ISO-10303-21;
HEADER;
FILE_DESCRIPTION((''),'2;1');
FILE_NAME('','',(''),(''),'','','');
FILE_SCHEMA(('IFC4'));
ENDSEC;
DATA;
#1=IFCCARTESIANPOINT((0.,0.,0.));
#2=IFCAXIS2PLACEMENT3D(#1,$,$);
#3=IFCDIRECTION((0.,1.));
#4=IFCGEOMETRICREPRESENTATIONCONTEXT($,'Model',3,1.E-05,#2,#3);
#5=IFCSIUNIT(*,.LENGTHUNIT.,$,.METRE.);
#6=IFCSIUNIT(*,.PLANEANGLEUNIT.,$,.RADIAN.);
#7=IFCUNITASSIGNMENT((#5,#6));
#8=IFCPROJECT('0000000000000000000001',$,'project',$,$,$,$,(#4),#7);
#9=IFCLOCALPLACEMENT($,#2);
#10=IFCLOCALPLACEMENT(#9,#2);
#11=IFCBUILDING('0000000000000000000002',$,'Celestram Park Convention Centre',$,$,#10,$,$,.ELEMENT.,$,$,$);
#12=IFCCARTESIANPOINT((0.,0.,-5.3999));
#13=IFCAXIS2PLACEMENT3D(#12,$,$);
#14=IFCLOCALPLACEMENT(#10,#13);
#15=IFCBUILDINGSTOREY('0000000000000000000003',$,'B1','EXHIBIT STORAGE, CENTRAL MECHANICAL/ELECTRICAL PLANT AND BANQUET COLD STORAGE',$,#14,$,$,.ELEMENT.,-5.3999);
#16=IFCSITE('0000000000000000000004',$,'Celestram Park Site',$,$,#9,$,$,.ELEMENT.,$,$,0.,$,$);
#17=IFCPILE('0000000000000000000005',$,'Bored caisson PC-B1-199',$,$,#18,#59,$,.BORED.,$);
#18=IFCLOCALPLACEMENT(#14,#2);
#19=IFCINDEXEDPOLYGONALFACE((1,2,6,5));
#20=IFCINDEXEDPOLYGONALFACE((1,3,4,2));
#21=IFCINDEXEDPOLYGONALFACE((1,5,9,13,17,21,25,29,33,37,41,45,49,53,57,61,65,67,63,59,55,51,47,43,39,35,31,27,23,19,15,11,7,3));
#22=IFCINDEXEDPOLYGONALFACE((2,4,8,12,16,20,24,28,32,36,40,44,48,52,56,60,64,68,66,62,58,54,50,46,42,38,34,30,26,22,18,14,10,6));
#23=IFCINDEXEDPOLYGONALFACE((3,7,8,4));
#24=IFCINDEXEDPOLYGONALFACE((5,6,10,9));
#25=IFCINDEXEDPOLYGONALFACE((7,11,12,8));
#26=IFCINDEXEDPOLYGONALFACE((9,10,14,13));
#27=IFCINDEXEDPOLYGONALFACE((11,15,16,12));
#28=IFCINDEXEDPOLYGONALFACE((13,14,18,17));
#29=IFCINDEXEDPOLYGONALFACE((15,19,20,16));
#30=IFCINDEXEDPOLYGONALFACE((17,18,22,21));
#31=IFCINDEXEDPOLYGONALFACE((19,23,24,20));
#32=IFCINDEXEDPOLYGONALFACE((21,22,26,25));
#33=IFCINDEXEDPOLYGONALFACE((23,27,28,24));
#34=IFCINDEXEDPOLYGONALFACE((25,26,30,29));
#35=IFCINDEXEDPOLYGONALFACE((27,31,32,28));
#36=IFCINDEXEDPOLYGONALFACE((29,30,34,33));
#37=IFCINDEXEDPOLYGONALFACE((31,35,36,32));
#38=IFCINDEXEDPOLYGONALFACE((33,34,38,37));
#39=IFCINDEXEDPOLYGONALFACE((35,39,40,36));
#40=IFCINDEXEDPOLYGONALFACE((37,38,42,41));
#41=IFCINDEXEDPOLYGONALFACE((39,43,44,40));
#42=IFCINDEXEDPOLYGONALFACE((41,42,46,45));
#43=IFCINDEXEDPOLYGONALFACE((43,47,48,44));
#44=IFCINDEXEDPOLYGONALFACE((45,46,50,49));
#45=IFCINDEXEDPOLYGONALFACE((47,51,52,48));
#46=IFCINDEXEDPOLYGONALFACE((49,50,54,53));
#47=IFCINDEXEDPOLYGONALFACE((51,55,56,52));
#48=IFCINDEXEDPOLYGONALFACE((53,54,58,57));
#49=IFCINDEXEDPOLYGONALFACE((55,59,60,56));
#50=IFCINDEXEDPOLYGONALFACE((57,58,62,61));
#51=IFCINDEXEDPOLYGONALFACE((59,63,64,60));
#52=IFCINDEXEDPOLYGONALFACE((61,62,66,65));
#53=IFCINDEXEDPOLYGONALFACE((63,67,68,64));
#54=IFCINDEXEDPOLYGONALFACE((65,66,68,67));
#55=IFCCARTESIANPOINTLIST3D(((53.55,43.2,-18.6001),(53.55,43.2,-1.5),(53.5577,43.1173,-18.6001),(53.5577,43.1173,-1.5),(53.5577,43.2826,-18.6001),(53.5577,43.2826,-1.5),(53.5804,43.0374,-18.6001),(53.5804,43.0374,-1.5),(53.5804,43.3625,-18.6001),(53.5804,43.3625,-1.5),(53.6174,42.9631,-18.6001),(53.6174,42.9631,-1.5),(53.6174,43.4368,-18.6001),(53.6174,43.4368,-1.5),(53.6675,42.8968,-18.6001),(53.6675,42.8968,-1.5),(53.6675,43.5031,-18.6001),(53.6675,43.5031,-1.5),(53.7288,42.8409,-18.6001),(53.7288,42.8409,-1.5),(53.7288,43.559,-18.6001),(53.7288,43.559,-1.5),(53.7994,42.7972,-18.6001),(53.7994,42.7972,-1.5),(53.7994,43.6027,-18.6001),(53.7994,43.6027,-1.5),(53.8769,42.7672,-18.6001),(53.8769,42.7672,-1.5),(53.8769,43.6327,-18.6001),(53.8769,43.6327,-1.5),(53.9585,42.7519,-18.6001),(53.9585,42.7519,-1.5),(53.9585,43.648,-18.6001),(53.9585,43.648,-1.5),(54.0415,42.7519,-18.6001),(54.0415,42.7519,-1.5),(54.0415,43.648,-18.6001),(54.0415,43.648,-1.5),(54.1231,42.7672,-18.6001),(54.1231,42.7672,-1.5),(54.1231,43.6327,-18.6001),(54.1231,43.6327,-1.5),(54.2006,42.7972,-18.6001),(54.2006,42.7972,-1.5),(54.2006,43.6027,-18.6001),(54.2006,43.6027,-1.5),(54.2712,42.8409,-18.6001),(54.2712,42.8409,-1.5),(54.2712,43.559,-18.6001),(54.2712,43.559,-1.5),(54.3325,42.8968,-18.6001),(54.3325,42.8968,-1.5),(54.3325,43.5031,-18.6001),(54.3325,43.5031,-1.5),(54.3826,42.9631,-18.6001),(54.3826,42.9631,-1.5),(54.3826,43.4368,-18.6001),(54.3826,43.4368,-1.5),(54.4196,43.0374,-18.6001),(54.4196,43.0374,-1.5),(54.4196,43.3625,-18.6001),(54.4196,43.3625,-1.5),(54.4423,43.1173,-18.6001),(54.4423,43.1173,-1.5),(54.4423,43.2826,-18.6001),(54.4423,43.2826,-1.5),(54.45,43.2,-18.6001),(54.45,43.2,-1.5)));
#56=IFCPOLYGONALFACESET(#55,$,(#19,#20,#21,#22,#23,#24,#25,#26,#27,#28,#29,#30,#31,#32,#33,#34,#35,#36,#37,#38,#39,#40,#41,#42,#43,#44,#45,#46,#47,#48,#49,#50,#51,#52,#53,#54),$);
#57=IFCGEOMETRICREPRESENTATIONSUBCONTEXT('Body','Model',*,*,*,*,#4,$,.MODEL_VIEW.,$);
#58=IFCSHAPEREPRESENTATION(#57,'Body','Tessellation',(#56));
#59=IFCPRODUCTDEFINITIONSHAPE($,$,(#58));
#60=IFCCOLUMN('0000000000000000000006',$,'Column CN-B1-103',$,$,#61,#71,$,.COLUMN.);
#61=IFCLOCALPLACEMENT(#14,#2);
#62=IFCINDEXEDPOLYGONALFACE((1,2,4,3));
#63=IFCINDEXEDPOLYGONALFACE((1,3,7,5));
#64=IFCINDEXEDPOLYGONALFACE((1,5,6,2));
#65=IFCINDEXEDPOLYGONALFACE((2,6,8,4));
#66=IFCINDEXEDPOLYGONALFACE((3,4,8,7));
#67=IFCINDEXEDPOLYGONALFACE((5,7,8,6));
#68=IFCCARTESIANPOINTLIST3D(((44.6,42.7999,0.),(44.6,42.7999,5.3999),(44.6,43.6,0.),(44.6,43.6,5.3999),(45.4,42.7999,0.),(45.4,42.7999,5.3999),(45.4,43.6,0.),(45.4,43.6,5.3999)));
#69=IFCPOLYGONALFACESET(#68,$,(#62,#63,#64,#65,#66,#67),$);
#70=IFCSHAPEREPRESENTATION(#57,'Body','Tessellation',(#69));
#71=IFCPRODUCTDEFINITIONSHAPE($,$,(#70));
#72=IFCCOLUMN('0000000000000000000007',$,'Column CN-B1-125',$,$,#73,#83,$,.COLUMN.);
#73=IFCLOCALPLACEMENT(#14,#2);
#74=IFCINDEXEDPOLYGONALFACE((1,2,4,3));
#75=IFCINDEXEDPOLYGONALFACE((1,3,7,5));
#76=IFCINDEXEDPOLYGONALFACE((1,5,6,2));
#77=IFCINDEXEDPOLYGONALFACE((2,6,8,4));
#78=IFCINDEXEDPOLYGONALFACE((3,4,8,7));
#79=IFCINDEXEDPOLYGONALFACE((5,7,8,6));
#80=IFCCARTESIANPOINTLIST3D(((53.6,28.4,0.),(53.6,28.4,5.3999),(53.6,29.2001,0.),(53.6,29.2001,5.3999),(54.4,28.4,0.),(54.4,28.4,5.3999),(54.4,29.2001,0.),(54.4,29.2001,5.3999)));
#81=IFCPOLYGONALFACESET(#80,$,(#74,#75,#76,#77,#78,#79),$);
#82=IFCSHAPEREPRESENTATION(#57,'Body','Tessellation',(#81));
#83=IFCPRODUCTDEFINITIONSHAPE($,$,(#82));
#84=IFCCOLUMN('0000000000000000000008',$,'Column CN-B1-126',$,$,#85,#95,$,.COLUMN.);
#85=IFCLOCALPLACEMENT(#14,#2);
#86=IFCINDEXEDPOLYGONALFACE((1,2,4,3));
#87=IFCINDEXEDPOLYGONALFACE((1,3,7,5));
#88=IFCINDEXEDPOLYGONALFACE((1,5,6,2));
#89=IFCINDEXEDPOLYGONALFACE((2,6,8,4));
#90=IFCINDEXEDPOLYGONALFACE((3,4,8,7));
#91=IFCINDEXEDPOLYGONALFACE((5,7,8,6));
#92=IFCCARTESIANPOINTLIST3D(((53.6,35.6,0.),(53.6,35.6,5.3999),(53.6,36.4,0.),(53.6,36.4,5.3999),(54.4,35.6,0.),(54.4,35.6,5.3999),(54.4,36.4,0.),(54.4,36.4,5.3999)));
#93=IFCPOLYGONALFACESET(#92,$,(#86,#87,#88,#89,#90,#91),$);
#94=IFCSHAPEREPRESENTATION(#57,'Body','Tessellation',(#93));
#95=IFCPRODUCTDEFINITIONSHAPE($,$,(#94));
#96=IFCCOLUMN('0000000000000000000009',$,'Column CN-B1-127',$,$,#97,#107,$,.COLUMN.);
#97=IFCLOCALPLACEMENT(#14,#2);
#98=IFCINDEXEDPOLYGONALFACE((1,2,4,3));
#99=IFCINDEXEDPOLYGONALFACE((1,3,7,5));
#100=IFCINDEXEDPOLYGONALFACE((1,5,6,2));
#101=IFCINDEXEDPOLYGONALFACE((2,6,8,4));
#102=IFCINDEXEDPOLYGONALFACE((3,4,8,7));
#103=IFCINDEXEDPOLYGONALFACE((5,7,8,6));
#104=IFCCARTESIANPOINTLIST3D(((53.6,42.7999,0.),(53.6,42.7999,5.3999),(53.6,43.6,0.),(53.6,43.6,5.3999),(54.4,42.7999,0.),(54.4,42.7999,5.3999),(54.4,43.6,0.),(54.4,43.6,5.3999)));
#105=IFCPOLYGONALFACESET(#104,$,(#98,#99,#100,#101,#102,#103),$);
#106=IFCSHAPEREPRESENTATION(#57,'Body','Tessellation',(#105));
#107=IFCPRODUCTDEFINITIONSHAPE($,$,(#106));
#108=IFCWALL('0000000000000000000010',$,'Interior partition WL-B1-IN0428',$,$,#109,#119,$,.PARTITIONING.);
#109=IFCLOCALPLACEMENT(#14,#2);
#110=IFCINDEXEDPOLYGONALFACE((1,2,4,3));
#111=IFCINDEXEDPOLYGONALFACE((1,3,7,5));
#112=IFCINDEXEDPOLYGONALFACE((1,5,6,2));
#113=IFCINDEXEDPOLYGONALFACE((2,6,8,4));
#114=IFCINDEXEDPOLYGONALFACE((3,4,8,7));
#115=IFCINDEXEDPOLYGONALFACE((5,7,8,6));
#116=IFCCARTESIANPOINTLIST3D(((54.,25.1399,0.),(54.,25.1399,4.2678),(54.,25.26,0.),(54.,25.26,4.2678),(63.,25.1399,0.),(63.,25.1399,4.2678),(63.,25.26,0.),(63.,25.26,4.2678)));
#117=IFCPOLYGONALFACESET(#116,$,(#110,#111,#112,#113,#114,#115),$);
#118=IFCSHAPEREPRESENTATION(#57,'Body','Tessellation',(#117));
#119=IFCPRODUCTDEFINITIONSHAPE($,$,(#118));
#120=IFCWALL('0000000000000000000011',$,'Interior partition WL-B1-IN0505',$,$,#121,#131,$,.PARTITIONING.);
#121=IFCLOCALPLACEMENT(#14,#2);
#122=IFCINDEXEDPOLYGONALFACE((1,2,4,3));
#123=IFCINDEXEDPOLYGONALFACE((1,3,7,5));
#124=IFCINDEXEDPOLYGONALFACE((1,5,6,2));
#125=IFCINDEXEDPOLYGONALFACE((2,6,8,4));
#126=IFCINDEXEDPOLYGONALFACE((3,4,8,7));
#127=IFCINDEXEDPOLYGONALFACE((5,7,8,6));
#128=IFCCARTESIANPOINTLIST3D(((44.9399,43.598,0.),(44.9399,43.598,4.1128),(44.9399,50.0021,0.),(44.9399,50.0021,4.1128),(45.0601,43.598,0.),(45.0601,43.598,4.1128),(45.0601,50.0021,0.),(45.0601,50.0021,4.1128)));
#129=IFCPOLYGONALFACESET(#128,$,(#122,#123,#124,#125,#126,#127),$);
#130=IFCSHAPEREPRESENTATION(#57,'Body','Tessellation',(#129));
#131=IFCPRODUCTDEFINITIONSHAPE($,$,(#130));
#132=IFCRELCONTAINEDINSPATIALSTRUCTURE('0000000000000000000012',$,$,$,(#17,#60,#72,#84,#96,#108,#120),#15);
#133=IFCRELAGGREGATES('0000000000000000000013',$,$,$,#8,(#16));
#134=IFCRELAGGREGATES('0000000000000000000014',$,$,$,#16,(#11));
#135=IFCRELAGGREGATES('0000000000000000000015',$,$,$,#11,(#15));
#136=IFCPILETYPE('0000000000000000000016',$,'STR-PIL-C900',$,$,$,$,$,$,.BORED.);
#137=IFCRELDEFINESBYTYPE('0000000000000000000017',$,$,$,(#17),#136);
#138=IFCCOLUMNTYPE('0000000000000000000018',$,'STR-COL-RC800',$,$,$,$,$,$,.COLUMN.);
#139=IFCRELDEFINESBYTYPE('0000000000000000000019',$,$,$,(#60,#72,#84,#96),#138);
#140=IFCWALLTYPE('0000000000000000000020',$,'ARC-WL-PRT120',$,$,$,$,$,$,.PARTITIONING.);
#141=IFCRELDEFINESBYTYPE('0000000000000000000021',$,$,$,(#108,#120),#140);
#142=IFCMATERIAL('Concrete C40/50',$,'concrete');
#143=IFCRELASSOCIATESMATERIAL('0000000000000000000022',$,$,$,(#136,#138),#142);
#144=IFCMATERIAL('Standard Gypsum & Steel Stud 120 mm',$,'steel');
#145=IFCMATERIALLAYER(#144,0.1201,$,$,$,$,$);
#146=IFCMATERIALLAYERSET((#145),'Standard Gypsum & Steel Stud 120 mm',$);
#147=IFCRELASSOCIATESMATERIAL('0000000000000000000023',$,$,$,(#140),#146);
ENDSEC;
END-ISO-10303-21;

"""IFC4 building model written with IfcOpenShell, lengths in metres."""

from ifc_helpers import new_model, si_unit, direction, frame, frame_2d, origin, origin_2d, place, context, subcontext, project, spatial, rectangle, circle, extrude, material, layer, layer_set, material_profile, profile_set, type_object, element, save


model = new_model("IFC4")

# Units and contexts
model_context = context("Model", 3, precision=1e-05, world=origin(), true_north=direction((0.0, 1.0)))
body_context = subcontext(model_context, "Body", "Model", "MODEL_VIEW")
ifc_project = project(units=[si_unit("LENGTHUNIT", "METRE"), si_unit("PLANEANGLEUNIT", "RADIAN")], contexts=[model_context])

# Site, building, storey
site_placement = place(None, origin())
site = spatial("IfcSite", under=ifc_project, at=site_placement, Name="Celestram Park Site", CompositionType="ELEMENT", RefElevation=0.0)
building_placement = place(site_placement, origin())
building = spatial("IfcBuilding", under=site, at=building_placement, Name="Celestram Park Convention Centre", CompositionType="ELEMENT")
storey_placement = place(building_placement, frame((0.0, 0.0, -5.3999)))
storey = spatial("IfcBuildingStorey", under=building, at=storey_placement, Name="B1", Description="EXHIBIT STORAGE, CENTRAL MECHANICAL/ELECTRICAL PLANT AND BANQUET COLD STORAGE", CompositionType="ELEMENT", Elevation=-5.3999)

# Shared definitions
ifc_material_1 = material(Name="Concrete C40/50", Category="concrete")

# Pile
ifc_material_profile_1 = material_profile(ifc_material_1, circle(Radius=0.45, at=origin_2d()), Name="CAISSON900")
ifc_profile_set_1 = profile_set([ifc_material_profile_1], Name="Concrete C40/50")
pile_type_1 = type_object("IfcPileType", Name="STR-PIL-C900", PredefinedType="BORED", material=ifc_profile_set_1)
for number, where, z_axis, x_axis, name in (
    (1, (54.0, 43.2, -1.5), (0.0, 0.0, -1.0), (1.0, 0.0, 0.0), "Bored caisson PC-B1-199"),
):
    element("IfcPile", number, at=place(storey_placement, frame(where, z_axis=z_axis, x_axis=x_axis)), inside=storey, type_object=pile_type_1, Name=name, PredefinedType="BORED", context=body_context, shape_type="SweptSolid", body=[
        extrude(circle(Radius=0.45, at=origin_2d()), origin(), (0.0, 0.0, 1.0), 17.1001),
    ])

# Columns
ifc_material_profile_2 = material_profile(ifc_material_1, rectangle(XDim=0.8, YDim=0.8, at=origin_2d()), Name="RC800X800")
ifc_profile_set_2 = profile_set([ifc_material_profile_2], Name="Concrete C40/50")
column_type = type_object("IfcColumnType", Name="STR-COL-RC800", PredefinedType="COLUMN", material=ifc_profile_set_2)
for number, where, z_axis, x_axis, name in (
    (2, (45.0, 43.2, 0.0), (0.0, 0.0, 1.0), (1.0, 0.0, 0.0), "Column CN-B1-103"),
    (3, (54.0, 28.8, 0.0), (0.0, 0.0, 1.0), (1.0, 0.0, 0.0), "Column CN-B1-125"),
    (4, (54.0, 36.0, 0.0), (0.0, 0.0, 1.0), (1.0, 0.0, 0.0), "Column CN-B1-126"),
    (5, (54.0, 43.2, 0.0), (0.0, 0.0, 1.0), (1.0, 0.0, 0.0), "Column CN-B1-127"),
):
    element("IfcColumn", number, at=place(storey_placement, frame(where, z_axis=z_axis, x_axis=x_axis)), inside=storey, type_object=column_type, Name=name, PredefinedType="COLUMN", context=body_context, shape_type="SweptSolid", body=[
        extrude(rectangle(XDim=0.8, YDim=0.8, at=origin_2d()), origin(), (0.0, 0.0, 1.0), 5.3999),
    ])

# Walls
ifc_material_2 = material(Name="Standard Gypsum & Steel Stud 120 mm", Category="steel")
ifc_layer = layer(ifc_material_2, 0.1201)
ifc_layer_set = layer_set([ifc_layer], Name="Standard Gypsum & Steel Stud 120 mm")
wall_type = type_object("IfcWallType", Name="ARC-WL-PRT120", PredefinedType="PARTITIONING", material=ifc_layer_set)
wall_1_placement = place(storey_placement, frame((54.0, 25.2, 0.0), z_axis=(0.0, 0.0, 1.0), x_axis=(1.0, 0.0, 0.0)))
element("IfcWall", 6, at=wall_1_placement, inside=storey, type_object=wall_type, Name="Interior partition WL-B1-IN0428", PredefinedType="PARTITIONING", context=body_context, shape_type="SweptSolid", body=[
    extrude(rectangle(XDim=9.0, YDim=0.1201, at=frame_2d((4.5, 0.0))), origin(), (0.0, 0.0, 1.0), 4.2678),
])
wall_2_placement = place(storey_placement, frame((45.0, 43.5979, 0.0), z_axis=(0.0, 0.0, 1.0), x_axis=(0.0, 1.0, 0.0)))
element("IfcWall", 7, at=wall_2_placement, inside=storey, type_object=wall_type, Name="Interior partition WL-B1-IN0505", PredefinedType="PARTITIONING", context=body_context, shape_type="SweptSolid", body=[
    extrude(rectangle(XDim=6.4041, YDim=0.1201, at=frame_2d((3.2021, 0.0))), origin(), (0.0, 0.0, 1.0), 4.1128),
])

save(model, "model.ifc")
